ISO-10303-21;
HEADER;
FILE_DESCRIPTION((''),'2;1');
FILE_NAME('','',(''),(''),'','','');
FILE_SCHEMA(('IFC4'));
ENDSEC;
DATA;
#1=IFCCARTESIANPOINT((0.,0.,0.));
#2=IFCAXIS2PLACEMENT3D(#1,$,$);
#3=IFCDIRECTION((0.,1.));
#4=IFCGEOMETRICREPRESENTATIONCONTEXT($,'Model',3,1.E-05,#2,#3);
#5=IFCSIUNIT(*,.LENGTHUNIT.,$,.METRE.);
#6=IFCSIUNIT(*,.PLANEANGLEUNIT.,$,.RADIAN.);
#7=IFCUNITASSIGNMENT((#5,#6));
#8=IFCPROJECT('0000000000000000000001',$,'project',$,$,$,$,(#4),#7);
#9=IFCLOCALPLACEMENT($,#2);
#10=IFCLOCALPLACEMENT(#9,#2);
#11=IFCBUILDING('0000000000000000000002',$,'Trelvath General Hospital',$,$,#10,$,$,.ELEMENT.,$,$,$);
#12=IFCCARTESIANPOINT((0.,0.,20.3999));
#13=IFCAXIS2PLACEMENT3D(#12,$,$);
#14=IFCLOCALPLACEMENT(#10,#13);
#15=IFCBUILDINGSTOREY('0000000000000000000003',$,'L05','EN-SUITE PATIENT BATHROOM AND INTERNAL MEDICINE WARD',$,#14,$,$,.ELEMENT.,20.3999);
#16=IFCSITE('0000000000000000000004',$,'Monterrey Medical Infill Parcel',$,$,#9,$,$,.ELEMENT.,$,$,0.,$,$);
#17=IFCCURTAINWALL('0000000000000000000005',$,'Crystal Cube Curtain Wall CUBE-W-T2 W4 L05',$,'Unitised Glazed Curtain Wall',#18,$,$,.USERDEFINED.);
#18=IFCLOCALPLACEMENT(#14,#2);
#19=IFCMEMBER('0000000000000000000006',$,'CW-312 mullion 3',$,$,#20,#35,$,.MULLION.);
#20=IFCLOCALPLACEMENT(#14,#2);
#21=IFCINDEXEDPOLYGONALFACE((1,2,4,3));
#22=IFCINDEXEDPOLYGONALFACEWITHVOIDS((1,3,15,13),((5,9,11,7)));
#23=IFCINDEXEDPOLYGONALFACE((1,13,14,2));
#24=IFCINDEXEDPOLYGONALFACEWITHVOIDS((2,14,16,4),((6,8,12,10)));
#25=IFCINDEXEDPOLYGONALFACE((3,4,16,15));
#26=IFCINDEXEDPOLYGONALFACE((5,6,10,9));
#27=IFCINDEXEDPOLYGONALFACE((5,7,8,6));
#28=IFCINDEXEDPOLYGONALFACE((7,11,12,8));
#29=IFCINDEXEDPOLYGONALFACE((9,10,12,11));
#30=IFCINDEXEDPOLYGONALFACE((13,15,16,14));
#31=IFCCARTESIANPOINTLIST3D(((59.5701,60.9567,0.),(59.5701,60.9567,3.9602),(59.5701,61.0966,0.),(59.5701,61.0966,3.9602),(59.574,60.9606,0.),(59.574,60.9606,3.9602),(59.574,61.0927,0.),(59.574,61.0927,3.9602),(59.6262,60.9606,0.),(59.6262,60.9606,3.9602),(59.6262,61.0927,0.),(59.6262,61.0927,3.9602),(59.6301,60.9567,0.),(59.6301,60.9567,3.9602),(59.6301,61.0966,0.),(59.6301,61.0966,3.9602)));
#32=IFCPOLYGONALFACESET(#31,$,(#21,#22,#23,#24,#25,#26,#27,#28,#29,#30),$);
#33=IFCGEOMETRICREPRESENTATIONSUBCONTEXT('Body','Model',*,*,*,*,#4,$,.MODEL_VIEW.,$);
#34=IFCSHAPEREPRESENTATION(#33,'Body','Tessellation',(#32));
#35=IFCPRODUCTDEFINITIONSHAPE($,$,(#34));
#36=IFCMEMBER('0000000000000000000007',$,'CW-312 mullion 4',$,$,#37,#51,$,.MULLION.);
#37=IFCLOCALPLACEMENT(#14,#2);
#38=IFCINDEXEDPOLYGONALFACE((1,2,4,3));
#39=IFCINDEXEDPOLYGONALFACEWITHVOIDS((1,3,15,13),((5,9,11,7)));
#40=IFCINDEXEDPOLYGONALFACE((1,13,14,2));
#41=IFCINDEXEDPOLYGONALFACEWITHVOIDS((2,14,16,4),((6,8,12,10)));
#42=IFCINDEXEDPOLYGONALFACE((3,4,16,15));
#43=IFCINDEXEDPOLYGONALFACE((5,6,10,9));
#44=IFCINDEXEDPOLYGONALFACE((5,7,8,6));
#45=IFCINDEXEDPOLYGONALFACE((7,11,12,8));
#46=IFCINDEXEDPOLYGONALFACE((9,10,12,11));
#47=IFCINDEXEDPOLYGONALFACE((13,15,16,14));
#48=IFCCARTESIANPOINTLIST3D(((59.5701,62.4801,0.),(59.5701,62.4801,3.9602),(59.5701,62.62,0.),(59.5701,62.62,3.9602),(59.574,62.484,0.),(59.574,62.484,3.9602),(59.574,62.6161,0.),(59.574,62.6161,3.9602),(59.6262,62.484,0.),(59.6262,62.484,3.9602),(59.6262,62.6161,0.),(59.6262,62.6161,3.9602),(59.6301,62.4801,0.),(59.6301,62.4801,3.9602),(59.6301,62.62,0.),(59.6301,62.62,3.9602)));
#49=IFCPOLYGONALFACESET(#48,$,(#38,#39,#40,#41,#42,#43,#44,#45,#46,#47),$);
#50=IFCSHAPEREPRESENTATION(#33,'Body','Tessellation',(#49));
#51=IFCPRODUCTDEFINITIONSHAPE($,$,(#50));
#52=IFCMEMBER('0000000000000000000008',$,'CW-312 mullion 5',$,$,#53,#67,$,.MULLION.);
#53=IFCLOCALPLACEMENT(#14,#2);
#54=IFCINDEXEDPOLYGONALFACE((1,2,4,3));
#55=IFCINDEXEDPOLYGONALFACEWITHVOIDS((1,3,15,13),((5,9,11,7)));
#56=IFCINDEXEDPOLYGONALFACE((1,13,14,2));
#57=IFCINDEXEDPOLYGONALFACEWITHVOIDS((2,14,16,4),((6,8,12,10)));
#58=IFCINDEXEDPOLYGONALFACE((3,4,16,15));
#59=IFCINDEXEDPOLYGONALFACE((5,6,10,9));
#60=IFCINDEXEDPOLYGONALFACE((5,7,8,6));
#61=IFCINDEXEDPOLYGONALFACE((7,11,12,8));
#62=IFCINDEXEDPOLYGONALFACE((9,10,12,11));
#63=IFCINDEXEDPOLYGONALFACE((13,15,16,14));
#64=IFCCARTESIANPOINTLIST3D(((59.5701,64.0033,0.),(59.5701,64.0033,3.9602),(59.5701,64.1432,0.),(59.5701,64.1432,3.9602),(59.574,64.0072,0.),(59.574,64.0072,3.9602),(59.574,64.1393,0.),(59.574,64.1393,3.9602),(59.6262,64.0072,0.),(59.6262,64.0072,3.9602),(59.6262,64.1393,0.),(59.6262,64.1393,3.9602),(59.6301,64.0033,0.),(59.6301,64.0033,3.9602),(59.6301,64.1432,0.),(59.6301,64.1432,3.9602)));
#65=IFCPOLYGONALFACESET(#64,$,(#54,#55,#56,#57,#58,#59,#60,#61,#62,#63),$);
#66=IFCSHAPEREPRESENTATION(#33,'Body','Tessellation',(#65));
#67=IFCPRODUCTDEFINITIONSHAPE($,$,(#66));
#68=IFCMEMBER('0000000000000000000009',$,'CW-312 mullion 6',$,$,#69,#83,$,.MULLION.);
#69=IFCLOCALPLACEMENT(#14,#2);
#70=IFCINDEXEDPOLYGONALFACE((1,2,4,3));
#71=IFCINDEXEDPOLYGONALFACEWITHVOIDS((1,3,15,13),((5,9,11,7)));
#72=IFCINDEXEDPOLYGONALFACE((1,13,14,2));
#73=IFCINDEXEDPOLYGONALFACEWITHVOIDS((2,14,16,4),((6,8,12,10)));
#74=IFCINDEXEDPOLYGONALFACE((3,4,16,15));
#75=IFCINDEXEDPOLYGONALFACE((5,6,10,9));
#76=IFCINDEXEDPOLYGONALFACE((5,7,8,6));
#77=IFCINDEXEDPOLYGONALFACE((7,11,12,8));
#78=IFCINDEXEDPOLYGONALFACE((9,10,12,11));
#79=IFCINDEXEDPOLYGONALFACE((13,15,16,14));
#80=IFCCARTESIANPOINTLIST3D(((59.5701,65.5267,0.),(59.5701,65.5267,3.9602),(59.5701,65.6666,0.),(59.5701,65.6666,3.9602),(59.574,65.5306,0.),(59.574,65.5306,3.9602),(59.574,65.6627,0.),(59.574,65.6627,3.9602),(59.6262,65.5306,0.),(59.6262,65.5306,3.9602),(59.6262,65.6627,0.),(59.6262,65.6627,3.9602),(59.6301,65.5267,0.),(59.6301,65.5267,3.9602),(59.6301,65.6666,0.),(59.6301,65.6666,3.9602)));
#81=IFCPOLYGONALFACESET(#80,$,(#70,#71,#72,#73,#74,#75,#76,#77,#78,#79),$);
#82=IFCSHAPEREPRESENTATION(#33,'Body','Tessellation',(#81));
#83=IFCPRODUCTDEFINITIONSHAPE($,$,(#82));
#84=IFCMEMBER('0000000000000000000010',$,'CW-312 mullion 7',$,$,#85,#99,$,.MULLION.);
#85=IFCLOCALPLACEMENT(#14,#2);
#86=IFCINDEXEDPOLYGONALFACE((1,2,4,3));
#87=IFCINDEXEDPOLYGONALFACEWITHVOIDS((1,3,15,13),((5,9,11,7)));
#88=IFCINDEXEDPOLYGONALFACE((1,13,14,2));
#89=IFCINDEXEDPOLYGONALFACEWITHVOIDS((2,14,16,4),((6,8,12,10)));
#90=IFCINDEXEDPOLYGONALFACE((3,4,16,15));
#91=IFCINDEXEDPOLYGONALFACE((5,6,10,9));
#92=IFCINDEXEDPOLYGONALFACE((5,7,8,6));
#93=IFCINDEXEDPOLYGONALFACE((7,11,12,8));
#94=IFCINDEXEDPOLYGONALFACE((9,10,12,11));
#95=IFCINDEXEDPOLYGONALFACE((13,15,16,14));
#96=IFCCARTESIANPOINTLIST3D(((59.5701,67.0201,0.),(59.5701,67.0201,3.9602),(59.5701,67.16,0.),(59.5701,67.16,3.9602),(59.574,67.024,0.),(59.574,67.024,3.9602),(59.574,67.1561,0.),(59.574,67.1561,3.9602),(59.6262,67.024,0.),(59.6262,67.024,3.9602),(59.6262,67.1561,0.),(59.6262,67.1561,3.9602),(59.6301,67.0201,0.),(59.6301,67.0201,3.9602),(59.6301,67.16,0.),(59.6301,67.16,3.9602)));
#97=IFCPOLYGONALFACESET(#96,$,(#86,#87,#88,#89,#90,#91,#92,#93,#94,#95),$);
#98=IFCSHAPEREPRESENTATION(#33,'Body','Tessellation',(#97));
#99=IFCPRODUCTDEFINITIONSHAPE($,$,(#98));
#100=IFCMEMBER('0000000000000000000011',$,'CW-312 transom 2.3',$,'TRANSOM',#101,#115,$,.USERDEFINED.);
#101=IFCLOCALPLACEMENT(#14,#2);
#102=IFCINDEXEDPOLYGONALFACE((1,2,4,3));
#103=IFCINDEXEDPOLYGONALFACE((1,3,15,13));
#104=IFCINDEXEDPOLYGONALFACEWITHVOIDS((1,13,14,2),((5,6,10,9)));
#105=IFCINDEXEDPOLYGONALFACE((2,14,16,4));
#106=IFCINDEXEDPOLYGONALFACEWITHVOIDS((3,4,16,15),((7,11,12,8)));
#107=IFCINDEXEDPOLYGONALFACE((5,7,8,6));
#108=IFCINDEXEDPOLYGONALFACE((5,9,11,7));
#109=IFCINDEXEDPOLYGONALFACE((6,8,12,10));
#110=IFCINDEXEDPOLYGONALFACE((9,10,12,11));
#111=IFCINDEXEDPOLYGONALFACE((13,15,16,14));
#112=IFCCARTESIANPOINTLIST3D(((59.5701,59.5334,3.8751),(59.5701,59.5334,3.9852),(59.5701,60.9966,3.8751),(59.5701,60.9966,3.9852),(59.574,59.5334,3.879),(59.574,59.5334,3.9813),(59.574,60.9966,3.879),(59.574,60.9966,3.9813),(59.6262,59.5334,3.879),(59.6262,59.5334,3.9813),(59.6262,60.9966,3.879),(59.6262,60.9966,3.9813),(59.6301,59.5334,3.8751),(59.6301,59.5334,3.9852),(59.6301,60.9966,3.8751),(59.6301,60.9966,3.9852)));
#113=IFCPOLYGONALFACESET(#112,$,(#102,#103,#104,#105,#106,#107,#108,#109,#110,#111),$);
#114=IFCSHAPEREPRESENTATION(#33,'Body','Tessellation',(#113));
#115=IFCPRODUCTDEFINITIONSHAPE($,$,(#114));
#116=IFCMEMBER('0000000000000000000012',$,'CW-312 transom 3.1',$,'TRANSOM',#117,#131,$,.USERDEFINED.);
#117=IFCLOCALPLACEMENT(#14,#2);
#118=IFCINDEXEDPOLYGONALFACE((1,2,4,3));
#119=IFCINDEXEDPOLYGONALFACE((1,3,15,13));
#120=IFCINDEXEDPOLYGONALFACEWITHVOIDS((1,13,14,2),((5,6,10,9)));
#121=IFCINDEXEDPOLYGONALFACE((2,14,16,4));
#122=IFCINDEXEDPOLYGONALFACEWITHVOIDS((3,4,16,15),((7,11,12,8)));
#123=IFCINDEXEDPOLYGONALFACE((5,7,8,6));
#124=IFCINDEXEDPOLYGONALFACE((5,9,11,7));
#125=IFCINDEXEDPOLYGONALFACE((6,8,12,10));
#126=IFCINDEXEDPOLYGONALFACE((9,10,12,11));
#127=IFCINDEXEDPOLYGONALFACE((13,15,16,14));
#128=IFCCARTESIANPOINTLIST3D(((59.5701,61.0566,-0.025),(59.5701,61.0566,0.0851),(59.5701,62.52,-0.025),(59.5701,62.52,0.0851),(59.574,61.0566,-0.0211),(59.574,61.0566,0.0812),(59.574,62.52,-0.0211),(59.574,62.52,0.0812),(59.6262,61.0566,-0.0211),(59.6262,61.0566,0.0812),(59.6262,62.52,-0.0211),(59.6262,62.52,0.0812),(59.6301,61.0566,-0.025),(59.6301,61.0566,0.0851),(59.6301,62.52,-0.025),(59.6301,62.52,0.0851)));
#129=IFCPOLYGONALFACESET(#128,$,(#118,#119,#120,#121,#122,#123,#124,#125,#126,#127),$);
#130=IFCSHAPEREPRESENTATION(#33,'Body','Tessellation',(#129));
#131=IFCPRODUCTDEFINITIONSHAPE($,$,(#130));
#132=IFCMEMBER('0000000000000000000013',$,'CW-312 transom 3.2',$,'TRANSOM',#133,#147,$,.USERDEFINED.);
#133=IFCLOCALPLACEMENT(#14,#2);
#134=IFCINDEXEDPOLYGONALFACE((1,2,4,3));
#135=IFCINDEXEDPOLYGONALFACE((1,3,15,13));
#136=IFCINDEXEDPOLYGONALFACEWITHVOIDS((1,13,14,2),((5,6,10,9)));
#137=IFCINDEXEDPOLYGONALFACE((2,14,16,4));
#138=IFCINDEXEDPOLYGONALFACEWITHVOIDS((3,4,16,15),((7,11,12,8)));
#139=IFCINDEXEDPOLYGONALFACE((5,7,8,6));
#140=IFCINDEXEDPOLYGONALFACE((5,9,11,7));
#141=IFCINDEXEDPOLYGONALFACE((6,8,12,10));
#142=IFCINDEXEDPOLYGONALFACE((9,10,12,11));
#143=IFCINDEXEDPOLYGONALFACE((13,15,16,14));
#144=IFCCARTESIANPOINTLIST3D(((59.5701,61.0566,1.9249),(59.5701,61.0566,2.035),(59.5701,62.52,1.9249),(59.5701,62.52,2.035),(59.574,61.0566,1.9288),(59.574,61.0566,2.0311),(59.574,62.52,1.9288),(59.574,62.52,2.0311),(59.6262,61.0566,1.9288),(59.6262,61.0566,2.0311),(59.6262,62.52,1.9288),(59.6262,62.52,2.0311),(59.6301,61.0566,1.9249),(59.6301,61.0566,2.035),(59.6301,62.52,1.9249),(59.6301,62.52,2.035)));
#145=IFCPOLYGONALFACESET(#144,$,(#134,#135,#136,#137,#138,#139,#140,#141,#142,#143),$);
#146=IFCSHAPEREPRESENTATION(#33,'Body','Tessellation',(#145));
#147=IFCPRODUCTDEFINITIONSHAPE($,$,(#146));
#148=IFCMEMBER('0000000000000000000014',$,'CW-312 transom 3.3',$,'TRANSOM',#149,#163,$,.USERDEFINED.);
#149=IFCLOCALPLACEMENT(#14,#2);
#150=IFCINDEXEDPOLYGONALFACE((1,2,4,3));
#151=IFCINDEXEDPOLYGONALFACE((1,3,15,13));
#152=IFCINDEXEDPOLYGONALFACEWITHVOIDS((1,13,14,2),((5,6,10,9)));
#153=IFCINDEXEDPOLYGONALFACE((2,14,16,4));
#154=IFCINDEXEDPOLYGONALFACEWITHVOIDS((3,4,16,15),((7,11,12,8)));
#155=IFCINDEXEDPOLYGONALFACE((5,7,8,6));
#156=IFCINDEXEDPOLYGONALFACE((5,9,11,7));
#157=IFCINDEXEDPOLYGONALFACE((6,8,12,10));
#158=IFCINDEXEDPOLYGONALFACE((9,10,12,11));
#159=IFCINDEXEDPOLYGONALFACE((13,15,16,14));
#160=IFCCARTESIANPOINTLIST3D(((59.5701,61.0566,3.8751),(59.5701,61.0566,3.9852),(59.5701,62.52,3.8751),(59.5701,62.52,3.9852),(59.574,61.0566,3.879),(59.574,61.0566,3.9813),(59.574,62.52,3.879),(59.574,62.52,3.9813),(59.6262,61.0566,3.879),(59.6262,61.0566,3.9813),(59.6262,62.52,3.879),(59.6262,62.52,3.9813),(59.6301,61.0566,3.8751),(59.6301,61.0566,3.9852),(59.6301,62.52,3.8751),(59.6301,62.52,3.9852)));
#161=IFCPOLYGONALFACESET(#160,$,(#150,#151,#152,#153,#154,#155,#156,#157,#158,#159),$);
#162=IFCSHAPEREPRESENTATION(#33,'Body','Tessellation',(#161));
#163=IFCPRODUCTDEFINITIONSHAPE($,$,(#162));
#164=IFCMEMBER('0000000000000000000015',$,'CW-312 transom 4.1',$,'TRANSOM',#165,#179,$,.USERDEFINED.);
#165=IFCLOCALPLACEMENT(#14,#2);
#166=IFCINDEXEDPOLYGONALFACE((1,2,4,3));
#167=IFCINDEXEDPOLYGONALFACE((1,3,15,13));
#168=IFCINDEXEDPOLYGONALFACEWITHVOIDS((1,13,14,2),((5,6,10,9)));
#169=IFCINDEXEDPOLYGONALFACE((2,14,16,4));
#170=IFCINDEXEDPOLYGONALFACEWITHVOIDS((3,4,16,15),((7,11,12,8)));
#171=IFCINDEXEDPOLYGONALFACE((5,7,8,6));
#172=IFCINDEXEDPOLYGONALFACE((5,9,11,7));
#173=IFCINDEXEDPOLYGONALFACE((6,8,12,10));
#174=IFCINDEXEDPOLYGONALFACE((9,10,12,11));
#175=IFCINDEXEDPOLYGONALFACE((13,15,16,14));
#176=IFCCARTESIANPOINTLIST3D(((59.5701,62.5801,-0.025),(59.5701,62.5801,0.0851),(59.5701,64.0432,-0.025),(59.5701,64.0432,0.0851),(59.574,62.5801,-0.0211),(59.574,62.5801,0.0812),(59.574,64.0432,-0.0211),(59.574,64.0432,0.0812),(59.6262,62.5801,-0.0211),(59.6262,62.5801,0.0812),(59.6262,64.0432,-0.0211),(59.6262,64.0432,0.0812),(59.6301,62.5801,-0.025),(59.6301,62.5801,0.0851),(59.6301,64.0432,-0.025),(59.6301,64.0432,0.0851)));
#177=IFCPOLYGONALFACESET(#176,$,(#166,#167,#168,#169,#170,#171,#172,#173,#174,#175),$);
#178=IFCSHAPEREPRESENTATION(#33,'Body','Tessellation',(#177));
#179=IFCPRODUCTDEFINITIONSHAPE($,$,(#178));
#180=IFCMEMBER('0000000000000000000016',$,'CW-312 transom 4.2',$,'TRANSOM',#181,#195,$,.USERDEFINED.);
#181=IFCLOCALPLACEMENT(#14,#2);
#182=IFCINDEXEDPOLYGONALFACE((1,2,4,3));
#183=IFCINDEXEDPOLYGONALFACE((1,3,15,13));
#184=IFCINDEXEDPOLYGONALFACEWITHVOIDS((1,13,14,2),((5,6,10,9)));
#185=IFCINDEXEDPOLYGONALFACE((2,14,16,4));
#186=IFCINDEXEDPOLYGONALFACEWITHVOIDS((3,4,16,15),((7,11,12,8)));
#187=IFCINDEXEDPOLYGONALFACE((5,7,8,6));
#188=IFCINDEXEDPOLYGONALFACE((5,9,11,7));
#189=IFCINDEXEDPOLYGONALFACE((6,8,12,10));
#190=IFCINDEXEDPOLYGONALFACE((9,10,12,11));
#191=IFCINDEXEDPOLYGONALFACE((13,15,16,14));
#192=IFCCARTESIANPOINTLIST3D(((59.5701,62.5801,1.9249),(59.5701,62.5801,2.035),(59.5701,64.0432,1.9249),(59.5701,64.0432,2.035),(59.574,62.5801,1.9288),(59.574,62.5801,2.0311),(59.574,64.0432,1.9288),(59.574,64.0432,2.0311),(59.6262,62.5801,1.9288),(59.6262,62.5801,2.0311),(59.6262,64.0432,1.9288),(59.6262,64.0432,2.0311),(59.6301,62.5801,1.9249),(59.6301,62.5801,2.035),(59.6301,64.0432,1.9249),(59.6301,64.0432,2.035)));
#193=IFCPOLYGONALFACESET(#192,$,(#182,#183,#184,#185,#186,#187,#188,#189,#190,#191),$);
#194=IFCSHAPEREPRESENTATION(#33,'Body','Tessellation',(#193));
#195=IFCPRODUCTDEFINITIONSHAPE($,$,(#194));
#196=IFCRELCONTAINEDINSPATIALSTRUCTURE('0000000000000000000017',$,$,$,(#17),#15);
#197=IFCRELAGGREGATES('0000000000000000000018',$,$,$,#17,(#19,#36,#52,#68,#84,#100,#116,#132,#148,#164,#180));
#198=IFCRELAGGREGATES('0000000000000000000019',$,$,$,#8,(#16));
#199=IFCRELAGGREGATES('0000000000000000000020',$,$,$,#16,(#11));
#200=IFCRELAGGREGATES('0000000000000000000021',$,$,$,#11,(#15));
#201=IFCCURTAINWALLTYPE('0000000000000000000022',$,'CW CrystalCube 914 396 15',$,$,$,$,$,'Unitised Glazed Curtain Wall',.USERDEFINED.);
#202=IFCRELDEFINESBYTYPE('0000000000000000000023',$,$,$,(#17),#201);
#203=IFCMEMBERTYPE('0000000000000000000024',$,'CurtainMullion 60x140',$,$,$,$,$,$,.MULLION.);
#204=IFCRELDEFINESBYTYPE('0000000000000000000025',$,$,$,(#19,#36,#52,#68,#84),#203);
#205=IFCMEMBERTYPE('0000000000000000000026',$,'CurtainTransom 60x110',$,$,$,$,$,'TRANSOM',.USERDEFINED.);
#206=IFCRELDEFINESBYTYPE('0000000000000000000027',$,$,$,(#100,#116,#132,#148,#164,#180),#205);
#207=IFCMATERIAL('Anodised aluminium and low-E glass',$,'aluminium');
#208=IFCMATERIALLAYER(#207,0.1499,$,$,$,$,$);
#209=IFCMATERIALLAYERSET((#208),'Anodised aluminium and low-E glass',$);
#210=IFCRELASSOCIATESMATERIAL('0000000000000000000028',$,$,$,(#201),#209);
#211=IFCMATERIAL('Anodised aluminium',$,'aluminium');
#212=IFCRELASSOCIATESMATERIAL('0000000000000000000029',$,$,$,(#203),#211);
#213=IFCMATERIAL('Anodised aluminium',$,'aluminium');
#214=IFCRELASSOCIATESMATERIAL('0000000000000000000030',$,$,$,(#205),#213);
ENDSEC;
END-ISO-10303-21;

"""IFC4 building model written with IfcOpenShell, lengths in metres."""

from ifc_helpers import new_model, si_unit, direction, frame, origin, origin_2d, place, context, subcontext, project, spatial, hollow_rectangle, extrude, material, layer, layer_set, material_profile, profile_set, type_object, element, aggregate, save


model = new_model("IFC4")

# Units and contexts
model_context = context("Model", 3, precision=1e-05, world=origin(), true_north=direction((0.0, 1.0)))
body_context = subcontext(model_context, "Body", "Model", "MODEL_VIEW")
ifc_project = project(units=[si_unit("LENGTHUNIT", "METRE"), si_unit("PLANEANGLEUNIT", "RADIAN")], contexts=[model_context])

# Site, building, storey
site_placement = place(None, origin())
site = spatial("IfcSite", under=ifc_project, at=site_placement, Name="Monterrey Medical Infill Parcel", CompositionType="ELEMENT", RefElevation=0.0)
building_placement = place(site_placement, origin())
building = spatial("IfcBuilding", under=site, at=building_placement, Name="Trelvath General Hospital", CompositionType="ELEMENT")
storey_placement = place(building_placement, frame((0.0, 0.0, 20.3999)))
storey = spatial("IfcBuildingStorey", under=building, at=storey_placement, Name="L05", Description="EN-SUITE PATIENT BATHROOM AND INTERNAL MEDICINE WARD", CompositionType="ELEMENT", Elevation=20.3999)

# Curtain wall, members
ifc_material_1 = material(Name="Anodised aluminium and low-E glass", Category="aluminium")
ifc_layer_1 = layer(ifc_material_1, 0.1499)
ifc_layer_set_1 = layer_set([ifc_layer_1], Name="Anodised aluminium and low-E glass")
curtain_wall_type = type_object("IfcCurtainWallType", Name="CW CrystalCube 914 396 15", ElementType="Unitised Glazed Curtain Wall", PredefinedType="USERDEFINED", material=ifc_layer_set_1)
curtain_wall_placement = place(storey_placement, origin())
curtain_wall = element("IfcCurtainWall", 1, at=curtain_wall_placement, inside=storey, type_object=curtain_wall_type, Name="Crystal Cube Curtain Wall CUBE-W-T2 W4 L05", ObjectType="Unitised Glazed Curtain Wall", PredefinedType="USERDEFINED")
ifc_material_2 = material(Name="Anodised aluminium", Category="aluminium")
ifc_material_profile_1 = material_profile(ifc_material_2, hollow_rectangle(XDim=0.0601, YDim=0.1399, WallThickness=0.0039, at=origin_2d()), Name="RHS60x140x4")
ifc_profile_set_1 = profile_set([ifc_material_profile_1], Name="Anodised aluminium")
member_type_1 = type_object("IfcMemberType", Name="CurtainMullion 60x140", PredefinedType="MULLION", material=ifc_profile_set_1)
member_1_placement = place(storey_placement, frame((59.6001, 61.0266, 0.0), z_axis=(0.0, 0.0, 1.0), x_axis=(-1.0, 0.0, 0.0)))
member_1 = element("IfcMember", 2, at=member_1_placement, type_object=member_type_1, Name="CW-312 mullion 3", PredefinedType="MULLION", context=body_context, shape_type="SweptSolid", body=[
    extrude(hollow_rectangle(XDim=0.0601, YDim=0.1399, WallThickness=0.0039, at=origin_2d()), origin(), (0.0, 0.0, 1.0), 3.9602),
])
member_2_placement = place(storey_placement, frame((59.6001, 62.55, 0.0), z_axis=(0.0, 0.0, 1.0), x_axis=(-1.0, 0.0, 0.0)))
member_2 = element("IfcMember", 3, at=member_2_placement, type_object=member_type_1, Name="CW-312 mullion 4", PredefinedType="MULLION", context=body_context, shape_type="SweptSolid", body=[
    extrude(hollow_rectangle(XDim=0.0601, YDim=0.1399, WallThickness=0.0039, at=origin_2d()), origin(), (0.0, 0.0, 1.0), 3.9602),
])
member_3_placement = place(storey_placement, frame((59.6001, 64.0732, 0.0), z_axis=(0.0, 0.0, 1.0), x_axis=(-1.0, 0.0, 0.0)))
member_3 = element("IfcMember", 4, at=member_3_placement, type_object=member_type_1, Name="CW-312 mullion 5", PredefinedType="MULLION", context=body_context, shape_type="SweptSolid", body=[
    extrude(hollow_rectangle(XDim=0.0601, YDim=0.1399, WallThickness=0.0039, at=origin_2d()), origin(), (0.0, 0.0, 1.0), 3.9602),
])
member_4_placement = place(storey_placement, frame((59.6001, 65.5967, 0.0), z_axis=(0.0, 0.0, 1.0), x_axis=(-1.0, 0.0, 0.0)))
member_4 = element("IfcMember", 5, at=member_4_placement, type_object=member_type_1, Name="CW-312 mullion 6", PredefinedType="MULLION", context=body_context, shape_type="SweptSolid", body=[
    extrude(hollow_rectangle(XDim=0.0601, YDim=0.1399, WallThickness=0.0039, at=origin_2d()), origin(), (0.0, 0.0, 1.0), 3.9602),
])
member_5_placement = place(storey_placement, frame((59.6001, 67.0901, 0.0), z_axis=(0.0, 0.0, 1.0), x_axis=(-1.0, 0.0, 0.0)))
member_5 = element("IfcMember", 6, at=member_5_placement, type_object=member_type_1, Name="CW-312 mullion 7", PredefinedType="MULLION", context=body_context, shape_type="SweptSolid", body=[
    extrude(hollow_rectangle(XDim=0.0601, YDim=0.1399, WallThickness=0.0039, at=origin_2d()), origin(), (0.0, 0.0, 1.0), 3.9602),
])
ifc_material_3 = material(Name="Anodised aluminium", Category="aluminium")
ifc_material_profile_2 = material_profile(ifc_material_3, hollow_rectangle(XDim=0.0601, YDim=0.1101, WallThickness=0.0039, at=origin_2d()), Name="RHS60x110x4")
ifc_profile_set_2 = profile_set([ifc_material_profile_2], Name="Anodised aluminium")
member_type_2 = type_object("IfcMemberType", Name="CurtainTransom 60x110", ElementType="TRANSOM", PredefinedType="USERDEFINED", material=ifc_profile_set_2)
member_6_placement = place(storey_placement, frame((59.6001, 59.5334, 3.9302), z_axis=(0.0, 1.0, 0.0), x_axis=(-1.0, 0.0, 0.0)))
member_6 = element("IfcMember", 7, at=member_6_placement, type_object=member_type_2, Name="CW-312 transom 2.3", ObjectType="TRANSOM", PredefinedType="USERDEFINED", context=body_context, shape_type="SweptSolid", body=[
    extrude(hollow_rectangle(XDim=0.0601, YDim=0.1101, WallThickness=0.0039, at=origin_2d()), origin(), (0.0, 0.0, 1.0), 1.4631),
])
member_7_placement = place(storey_placement, frame((59.6001, 61.0566, 0.03), z_axis=(0.0, 1.0, 0.0), x_axis=(-1.0, 0.0, 0.0)))
member_7 = element("IfcMember", 8, at=member_7_placement, type_object=member_type_2, Name="CW-312 transom 3.1", ObjectType="TRANSOM", PredefinedType="USERDEFINED", context=body_context, shape_type="SweptSolid", body=[
    extrude(hollow_rectangle(XDim=0.0601, YDim=0.1101, WallThickness=0.0039, at=origin_2d()), origin(), (0.0, 0.0, 1.0), 1.4634),
])
member_8_placement = place(storey_placement, frame((59.6001, 61.0566, 1.98), z_axis=(0.0, 1.0, 0.0), x_axis=(-1.0, 0.0, 0.0)))
member_8 = element("IfcMember", 9, at=member_8_placement, type_object=member_type_2, Name="CW-312 transom 3.2", ObjectType="TRANSOM", PredefinedType="USERDEFINED", context=body_context, shape_type="SweptSolid", body=[
    extrude(hollow_rectangle(XDim=0.0601, YDim=0.1101, WallThickness=0.0039, at=origin_2d()), origin(), (0.0, 0.0, 1.0), 1.4634),
])
member_9_placement = place(storey_placement, frame((59.6001, 61.0566, 3.9302), z_axis=(0.0, 1.0, 0.0), x_axis=(-1.0, 0.0, 0.0)))
member_9 = element("IfcMember", 10, at=member_9_placement, type_object=member_type_2, Name="CW-312 transom 3.3", ObjectType="TRANSOM", PredefinedType="USERDEFINED", context=body_context, shape_type="SweptSolid", body=[
    extrude(hollow_rectangle(XDim=0.0601, YDim=0.1101, WallThickness=0.0039, at=origin_2d()), origin(), (0.0, 0.0, 1.0), 1.4634),
])
member_10_placement = place(storey_placement, frame((59.6001, 62.5801, 0.03), z_axis=(0.0, 1.0, 0.0), x_axis=(-1.0, 0.0, 0.0)))
member_10 = element("IfcMember", 11, at=member_10_placement, type_object=member_type_2, Name="CW-312 transom 4.1", ObjectType="TRANSOM", PredefinedType="USERDEFINED", context=body_context, shape_type="SweptSolid", body=[
    extrude(hollow_rectangle(XDim=0.0601, YDim=0.1101, WallThickness=0.0039, at=origin_2d()), origin(), (0.0, 0.0, 1.0), 1.4631),
])
member_11_placement = place(storey_placement, frame((59.6001, 62.5801, 1.98), z_axis=(0.0, 1.0, 0.0), x_axis=(-1.0, 0.0, 0.0)))
member_11 = element("IfcMember", 12, at=member_11_placement, type_object=member_type_2, Name="CW-312 transom 4.2", ObjectType="TRANSOM", PredefinedType="USERDEFINED", context=body_context, shape_type="SweptSolid", body=[
    extrude(hollow_rectangle(XDim=0.0601, YDim=0.1101, WallThickness=0.0039, at=origin_2d()), origin(), (0.0, 0.0, 1.0), 1.4631),
])
aggregate(curtain_wall, [member_1, member_2, member_3, member_4, member_5, member_6, member_7, member_8, member_9, member_10, member_11])

save(model, "model.ifc")
